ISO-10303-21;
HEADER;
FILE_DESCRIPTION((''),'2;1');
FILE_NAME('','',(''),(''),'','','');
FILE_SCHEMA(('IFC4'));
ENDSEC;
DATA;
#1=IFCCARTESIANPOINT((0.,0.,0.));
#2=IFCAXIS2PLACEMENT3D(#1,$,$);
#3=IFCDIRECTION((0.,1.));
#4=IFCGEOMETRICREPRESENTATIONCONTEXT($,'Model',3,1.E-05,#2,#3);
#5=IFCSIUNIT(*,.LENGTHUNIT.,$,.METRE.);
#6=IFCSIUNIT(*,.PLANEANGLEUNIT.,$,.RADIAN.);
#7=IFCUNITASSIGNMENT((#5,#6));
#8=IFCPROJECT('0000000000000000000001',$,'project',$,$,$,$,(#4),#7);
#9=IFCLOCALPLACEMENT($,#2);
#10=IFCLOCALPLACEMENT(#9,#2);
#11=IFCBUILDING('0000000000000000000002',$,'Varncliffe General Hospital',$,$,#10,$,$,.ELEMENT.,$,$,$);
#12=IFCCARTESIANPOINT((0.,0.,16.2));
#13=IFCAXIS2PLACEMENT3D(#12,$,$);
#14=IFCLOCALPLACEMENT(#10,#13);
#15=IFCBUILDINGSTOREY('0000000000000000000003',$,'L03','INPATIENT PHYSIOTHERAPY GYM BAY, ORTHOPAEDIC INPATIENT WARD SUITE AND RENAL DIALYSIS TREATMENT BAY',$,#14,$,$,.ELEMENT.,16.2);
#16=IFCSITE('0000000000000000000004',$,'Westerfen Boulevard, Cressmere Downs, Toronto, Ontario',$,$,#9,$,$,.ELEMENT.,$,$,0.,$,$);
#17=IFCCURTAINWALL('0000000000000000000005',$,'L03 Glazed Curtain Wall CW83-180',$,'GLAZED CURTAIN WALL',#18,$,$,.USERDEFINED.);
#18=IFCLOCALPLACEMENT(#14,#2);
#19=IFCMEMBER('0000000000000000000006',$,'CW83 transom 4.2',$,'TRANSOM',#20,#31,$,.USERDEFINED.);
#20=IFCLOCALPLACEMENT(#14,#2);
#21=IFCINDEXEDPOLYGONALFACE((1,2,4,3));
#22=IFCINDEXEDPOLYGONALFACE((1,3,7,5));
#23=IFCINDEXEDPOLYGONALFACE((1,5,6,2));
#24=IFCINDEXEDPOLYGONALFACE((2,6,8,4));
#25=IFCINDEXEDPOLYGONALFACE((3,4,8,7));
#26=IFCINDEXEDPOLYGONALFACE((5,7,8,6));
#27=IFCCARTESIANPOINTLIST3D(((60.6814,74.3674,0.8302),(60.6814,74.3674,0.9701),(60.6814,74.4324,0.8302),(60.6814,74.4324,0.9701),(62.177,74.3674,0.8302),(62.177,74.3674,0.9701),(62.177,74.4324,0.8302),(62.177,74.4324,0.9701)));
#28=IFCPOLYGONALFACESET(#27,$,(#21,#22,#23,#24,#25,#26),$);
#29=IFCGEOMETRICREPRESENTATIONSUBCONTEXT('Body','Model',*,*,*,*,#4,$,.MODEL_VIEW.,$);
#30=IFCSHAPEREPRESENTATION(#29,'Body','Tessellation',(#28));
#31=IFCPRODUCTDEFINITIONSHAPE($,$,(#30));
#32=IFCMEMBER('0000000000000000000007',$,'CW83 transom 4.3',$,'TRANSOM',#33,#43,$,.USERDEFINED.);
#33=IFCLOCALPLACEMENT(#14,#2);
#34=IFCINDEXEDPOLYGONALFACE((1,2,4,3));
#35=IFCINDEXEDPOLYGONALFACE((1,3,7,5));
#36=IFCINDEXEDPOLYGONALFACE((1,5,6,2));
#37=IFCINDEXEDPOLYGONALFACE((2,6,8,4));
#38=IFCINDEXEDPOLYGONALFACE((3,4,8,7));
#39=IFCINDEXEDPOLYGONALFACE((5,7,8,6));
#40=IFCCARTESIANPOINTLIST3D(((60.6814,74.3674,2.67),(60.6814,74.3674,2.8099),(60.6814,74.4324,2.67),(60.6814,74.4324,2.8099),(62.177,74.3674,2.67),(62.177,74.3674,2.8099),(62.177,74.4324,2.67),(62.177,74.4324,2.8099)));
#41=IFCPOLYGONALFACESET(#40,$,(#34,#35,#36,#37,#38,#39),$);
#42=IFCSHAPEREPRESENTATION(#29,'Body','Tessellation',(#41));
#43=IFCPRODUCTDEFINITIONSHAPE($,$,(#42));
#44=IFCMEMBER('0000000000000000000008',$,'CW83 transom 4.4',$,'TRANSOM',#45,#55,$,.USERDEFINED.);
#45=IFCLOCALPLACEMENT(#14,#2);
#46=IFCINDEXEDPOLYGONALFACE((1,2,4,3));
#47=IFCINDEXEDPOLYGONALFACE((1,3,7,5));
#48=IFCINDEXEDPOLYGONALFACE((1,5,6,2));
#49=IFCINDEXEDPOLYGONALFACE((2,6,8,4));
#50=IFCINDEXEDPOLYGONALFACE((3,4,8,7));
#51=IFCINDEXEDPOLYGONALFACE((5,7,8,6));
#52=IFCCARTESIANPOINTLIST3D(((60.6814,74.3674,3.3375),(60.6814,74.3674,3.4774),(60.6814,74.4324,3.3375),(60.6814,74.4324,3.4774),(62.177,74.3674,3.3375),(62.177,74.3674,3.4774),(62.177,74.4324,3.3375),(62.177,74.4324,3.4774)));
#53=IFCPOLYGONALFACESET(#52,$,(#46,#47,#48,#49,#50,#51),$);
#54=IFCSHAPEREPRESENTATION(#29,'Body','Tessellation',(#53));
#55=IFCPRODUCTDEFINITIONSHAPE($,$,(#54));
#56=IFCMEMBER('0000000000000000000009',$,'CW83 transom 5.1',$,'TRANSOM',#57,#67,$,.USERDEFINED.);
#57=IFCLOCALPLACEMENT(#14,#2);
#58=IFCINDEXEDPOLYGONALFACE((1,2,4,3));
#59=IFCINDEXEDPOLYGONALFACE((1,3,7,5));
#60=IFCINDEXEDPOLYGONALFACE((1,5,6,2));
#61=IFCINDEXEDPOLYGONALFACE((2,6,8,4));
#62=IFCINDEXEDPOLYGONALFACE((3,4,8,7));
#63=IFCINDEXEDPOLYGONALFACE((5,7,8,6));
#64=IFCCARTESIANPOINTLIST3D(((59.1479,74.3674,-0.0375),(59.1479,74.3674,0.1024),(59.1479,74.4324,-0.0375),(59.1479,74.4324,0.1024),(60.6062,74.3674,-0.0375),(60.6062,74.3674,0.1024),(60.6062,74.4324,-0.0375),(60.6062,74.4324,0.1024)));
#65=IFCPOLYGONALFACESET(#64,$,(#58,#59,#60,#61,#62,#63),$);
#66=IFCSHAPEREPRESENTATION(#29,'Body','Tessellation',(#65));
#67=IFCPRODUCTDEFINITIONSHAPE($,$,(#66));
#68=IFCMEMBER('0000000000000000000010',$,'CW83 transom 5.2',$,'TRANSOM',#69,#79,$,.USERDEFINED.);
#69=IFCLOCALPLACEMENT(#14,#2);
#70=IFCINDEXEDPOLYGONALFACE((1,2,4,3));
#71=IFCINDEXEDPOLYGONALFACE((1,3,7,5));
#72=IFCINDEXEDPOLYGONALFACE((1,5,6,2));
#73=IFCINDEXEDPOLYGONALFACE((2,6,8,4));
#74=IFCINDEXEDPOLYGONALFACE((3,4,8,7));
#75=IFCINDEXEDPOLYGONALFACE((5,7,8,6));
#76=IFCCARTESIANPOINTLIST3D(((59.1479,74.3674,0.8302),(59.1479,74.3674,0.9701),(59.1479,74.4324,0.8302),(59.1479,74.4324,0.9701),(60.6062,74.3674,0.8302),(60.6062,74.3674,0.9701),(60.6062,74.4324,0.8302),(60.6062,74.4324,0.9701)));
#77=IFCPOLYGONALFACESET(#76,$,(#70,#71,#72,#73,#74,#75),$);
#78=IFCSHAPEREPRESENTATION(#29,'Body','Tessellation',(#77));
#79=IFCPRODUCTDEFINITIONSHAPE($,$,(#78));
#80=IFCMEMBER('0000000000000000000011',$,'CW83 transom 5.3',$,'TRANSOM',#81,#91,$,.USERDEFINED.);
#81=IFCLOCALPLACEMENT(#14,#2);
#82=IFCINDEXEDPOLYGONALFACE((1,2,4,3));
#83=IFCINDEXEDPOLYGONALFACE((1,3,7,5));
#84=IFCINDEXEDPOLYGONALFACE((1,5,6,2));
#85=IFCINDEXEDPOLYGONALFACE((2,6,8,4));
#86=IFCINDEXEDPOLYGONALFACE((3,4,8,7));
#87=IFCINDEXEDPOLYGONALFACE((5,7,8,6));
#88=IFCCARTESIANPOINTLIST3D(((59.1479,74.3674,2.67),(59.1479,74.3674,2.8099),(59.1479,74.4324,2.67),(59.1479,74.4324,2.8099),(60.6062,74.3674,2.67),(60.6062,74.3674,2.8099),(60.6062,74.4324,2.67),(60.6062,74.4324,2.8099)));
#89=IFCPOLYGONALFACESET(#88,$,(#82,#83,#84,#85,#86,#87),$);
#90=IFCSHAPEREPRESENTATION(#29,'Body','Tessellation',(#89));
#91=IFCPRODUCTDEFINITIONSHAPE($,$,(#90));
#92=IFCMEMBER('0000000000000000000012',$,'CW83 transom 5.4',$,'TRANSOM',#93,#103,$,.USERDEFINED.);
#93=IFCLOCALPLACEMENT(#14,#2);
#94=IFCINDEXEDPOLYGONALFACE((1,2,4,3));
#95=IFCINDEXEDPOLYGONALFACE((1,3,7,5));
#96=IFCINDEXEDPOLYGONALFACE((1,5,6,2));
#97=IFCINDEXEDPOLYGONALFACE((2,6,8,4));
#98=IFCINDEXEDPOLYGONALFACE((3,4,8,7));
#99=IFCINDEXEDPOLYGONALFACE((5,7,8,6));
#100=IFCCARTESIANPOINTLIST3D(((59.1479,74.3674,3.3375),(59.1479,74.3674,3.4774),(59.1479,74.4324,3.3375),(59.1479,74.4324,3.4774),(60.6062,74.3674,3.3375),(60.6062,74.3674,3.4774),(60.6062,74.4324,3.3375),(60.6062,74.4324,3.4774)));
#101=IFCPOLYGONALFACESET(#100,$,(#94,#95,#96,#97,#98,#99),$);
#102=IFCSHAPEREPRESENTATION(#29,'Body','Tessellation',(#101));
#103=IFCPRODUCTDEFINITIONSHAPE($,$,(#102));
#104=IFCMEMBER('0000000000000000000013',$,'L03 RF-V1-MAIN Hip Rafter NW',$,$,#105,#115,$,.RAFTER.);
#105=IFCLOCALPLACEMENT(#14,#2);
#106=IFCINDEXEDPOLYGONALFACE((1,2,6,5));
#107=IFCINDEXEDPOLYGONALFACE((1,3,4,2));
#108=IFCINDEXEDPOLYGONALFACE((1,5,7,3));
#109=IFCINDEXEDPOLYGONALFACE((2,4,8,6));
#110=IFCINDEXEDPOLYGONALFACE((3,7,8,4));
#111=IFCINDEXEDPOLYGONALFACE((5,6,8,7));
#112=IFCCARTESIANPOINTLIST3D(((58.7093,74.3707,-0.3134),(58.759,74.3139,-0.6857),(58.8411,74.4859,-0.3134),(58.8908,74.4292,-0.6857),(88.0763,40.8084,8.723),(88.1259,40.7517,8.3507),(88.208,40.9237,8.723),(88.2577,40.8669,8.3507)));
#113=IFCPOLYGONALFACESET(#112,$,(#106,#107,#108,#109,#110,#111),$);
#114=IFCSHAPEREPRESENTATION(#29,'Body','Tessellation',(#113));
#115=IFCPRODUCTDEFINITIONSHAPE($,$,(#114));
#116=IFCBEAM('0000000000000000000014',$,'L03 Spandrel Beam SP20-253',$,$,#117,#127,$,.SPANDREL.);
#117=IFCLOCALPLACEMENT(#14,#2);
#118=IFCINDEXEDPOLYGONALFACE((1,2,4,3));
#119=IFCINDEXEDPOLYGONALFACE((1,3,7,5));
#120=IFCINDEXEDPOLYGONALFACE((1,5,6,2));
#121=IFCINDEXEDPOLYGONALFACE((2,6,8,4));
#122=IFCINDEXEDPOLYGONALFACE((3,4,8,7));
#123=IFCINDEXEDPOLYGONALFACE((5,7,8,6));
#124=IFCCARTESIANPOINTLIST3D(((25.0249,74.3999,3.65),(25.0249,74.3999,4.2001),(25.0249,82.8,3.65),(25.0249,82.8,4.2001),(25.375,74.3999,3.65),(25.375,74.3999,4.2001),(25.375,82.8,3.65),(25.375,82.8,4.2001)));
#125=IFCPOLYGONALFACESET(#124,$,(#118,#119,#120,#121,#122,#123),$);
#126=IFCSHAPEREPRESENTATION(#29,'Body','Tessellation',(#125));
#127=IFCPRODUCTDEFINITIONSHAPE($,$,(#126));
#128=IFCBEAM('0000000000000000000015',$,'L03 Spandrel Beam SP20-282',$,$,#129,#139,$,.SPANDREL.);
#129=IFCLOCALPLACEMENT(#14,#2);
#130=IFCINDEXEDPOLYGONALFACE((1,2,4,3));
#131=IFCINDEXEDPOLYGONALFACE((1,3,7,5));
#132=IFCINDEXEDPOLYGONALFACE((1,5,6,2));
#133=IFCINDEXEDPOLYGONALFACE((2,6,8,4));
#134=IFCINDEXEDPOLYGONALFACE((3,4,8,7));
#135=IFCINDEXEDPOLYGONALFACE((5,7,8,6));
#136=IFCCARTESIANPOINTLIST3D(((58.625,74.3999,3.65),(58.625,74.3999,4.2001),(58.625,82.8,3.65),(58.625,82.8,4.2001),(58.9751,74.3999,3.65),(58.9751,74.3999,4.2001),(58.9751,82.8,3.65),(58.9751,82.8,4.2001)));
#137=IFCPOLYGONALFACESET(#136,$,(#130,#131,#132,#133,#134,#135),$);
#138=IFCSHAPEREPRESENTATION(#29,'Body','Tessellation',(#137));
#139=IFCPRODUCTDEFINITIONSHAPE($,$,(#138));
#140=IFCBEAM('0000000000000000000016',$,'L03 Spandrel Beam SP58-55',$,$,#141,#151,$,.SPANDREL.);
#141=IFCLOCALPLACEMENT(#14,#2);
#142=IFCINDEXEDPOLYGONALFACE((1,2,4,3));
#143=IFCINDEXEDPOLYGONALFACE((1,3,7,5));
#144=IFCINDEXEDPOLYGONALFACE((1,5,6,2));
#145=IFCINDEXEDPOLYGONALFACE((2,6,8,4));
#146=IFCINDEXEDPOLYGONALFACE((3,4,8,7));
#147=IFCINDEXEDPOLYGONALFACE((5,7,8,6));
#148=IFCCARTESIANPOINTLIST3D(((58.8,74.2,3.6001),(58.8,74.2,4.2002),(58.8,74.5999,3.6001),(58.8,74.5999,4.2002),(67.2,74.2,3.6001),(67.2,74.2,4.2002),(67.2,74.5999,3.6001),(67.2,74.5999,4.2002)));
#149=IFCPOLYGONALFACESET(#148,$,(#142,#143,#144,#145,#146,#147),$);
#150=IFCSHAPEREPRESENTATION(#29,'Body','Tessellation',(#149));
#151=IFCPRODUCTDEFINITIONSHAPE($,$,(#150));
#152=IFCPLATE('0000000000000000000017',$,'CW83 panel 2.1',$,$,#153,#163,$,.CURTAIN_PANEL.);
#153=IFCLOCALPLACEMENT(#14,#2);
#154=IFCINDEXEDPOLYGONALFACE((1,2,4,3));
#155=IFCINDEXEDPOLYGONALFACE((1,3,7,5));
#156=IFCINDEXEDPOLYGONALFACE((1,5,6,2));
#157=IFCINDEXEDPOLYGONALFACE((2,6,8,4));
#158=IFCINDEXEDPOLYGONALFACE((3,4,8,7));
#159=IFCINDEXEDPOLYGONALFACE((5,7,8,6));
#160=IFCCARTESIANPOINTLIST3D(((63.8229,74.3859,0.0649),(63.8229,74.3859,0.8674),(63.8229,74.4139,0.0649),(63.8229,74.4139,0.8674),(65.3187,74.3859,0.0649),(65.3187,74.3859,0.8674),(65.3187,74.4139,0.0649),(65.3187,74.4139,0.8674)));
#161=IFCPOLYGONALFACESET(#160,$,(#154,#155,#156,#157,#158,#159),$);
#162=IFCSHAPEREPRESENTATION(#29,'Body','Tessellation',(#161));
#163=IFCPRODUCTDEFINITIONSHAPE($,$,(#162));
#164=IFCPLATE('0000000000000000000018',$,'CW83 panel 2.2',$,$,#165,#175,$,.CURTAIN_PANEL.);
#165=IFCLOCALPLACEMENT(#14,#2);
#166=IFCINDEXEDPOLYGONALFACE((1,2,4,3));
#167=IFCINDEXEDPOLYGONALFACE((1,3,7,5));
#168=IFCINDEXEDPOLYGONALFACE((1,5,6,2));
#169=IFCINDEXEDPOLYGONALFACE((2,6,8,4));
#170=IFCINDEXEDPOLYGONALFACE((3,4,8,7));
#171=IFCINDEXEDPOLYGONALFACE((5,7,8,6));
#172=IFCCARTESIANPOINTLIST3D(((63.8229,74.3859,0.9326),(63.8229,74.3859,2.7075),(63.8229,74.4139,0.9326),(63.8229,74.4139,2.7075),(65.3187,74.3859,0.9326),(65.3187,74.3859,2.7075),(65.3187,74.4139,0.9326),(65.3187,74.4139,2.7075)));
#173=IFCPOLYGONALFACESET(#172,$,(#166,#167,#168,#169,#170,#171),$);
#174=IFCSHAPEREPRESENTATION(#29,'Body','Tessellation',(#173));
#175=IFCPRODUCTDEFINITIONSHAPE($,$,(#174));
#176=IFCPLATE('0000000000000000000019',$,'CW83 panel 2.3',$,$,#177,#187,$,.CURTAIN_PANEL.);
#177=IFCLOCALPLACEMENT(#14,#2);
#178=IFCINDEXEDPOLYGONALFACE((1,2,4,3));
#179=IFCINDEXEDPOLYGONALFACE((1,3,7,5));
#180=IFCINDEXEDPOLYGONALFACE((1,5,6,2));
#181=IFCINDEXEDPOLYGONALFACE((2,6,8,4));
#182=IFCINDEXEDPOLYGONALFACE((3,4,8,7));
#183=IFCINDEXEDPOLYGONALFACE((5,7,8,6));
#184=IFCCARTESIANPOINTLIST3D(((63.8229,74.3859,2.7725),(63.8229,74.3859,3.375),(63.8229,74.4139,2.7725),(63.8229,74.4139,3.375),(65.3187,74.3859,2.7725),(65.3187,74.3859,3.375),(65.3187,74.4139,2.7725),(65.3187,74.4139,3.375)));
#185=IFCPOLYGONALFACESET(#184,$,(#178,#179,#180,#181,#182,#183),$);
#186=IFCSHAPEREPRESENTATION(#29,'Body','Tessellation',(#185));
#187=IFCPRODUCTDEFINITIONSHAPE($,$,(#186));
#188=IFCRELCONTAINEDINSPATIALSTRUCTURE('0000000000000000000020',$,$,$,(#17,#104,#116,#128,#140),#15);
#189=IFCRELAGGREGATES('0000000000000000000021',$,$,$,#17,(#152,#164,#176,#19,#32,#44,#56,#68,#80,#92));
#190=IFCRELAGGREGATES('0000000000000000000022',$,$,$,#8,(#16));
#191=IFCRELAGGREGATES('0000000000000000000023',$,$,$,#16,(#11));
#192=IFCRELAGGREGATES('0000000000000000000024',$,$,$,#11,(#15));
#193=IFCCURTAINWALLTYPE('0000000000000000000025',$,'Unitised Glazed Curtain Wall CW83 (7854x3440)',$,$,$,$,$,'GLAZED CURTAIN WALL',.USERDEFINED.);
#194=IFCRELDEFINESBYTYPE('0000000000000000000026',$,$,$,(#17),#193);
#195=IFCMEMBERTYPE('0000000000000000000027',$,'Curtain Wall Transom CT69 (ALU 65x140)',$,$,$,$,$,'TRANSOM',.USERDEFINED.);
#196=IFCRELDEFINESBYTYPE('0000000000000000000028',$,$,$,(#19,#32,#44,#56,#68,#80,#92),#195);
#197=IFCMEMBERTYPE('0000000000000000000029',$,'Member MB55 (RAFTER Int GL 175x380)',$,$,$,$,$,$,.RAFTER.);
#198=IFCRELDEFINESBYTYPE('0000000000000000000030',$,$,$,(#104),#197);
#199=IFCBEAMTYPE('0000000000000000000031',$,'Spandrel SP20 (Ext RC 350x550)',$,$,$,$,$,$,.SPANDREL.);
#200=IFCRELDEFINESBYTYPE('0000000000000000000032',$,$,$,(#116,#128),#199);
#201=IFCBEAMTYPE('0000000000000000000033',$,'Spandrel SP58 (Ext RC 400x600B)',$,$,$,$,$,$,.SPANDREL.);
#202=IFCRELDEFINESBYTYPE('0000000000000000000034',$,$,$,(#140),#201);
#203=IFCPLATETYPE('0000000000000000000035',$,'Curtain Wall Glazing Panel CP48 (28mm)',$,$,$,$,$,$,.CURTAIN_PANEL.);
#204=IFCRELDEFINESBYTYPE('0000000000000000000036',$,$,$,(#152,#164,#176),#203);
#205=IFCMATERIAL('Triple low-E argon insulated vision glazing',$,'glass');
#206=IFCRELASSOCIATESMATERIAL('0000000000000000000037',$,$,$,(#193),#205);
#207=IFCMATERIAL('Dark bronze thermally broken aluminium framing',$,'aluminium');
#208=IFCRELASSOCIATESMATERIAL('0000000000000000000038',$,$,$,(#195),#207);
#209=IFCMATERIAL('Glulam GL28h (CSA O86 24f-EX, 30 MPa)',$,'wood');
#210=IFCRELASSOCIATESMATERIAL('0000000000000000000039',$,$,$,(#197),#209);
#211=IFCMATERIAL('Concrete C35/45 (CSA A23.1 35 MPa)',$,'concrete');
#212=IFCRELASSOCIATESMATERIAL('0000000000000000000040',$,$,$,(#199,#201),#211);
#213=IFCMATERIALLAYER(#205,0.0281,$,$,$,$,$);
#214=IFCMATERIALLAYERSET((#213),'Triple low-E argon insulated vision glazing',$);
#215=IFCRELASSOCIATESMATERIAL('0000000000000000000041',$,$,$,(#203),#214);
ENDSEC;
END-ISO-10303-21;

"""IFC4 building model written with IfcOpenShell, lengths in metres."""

from ifc_helpers import new_model, si_unit, direction, frame, origin, origin_2d, place, context, subcontext, project, spatial, rectangle, extrude, material, layer, layer_set, material_profile, profile_set, type_object, element, aggregate, save


model = new_model("IFC4")

# Units and contexts
model_context = context("Model", 3, precision=1e-05, world=origin(), true_north=direction((0.0, 1.0)))
body_context = subcontext(model_context, "Body", "Model", "MODEL_VIEW")
ifc_project = project(units=[si_unit("LENGTHUNIT", "METRE"), si_unit("PLANEANGLEUNIT", "RADIAN")], contexts=[model_context])

# Site, building, storey
site_placement = place(None, origin())
site = spatial("IfcSite", under=ifc_project, at=site_placement, Name="Westerfen Boulevard, Cressmere Downs, Toronto, Ontario", CompositionType="ELEMENT", RefElevation=0.0)
building_placement = place(site_placement, origin())
building = spatial("IfcBuilding", under=site, at=building_placement, Name="Varncliffe General Hospital", CompositionType="ELEMENT")
storey_placement = place(building_placement, frame((0.0, 0.0, 16.2)))
storey = spatial("IfcBuildingStorey", under=building, at=storey_placement, Name="L03", Description="INPATIENT PHYSIOTHERAPY GYM BAY, ORTHOPAEDIC INPATIENT WARD SUITE AND RENAL DIALYSIS TREATMENT BAY", CompositionType="ELEMENT", Elevation=16.2)

# Curtain wall, members
ifc_material_1 = material(Name="Triple low-E argon insulated vision glazing", Category="glass")
curtain_wall_type = type_object("IfcCurtainWallType", Name="Unitised Glazed Curtain Wall CW83 (7854x3440)", ElementType="GLAZED CURTAIN WALL", PredefinedType="USERDEFINED", material=ifc_material_1)
curtain_wall_placement = place(storey_placement, origin())
curtain_wall = element("IfcCurtainWall", 1, at=curtain_wall_placement, inside=storey, type_object=curtain_wall_type, Name="L03 Glazed Curtain Wall CW83-180", ObjectType="GLAZED CURTAIN WALL", PredefinedType="USERDEFINED")
ifc_material_2 = material(Name="Dark bronze thermally broken aluminium framing", Category="aluminium")
ifc_material_profile_1 = material_profile(ifc_material_2, rectangle(XDim=0.0649, YDim=0.1399, at=origin_2d()), Name="ALU 65x140")
ifc_profile_set_1 = profile_set([ifc_material_profile_1], Name="Dark bronze thermally broken aluminium framing")
member_type_1 = type_object("IfcMemberType", Name="Curtain Wall Transom CT69 (ALU 65x140)", ElementType="TRANSOM", PredefinedType="USERDEFINED", material=ifc_profile_set_1)
member_1_placement = place(storey_placement, frame((62.177, 74.3999, 0.9001), z_axis=(-1.0, 0.0, 0.0), x_axis=(0.0, -1.0, 0.0)))
member_1 = element("IfcMember", 2, at=member_1_placement, type_object=member_type_1, Name="CW83 transom 4.2", ObjectType="TRANSOM", PredefinedType="USERDEFINED", context=body_context, shape_type="SweptSolid", body=[
    extrude(rectangle(XDim=0.0649, YDim=0.1399, at=origin_2d()), origin(), (0.0, 0.0, 1.0), 1.4956),
])
member_2_placement = place(storey_placement, frame((62.177, 74.3999, 2.74), z_axis=(-1.0, 0.0, 0.0), x_axis=(0.0, -1.0, 0.0)))
member_2 = element("IfcMember", 3, at=member_2_placement, type_object=member_type_1, Name="CW83 transom 4.3", ObjectType="TRANSOM", PredefinedType="USERDEFINED", context=body_context, shape_type="SweptSolid", body=[
    extrude(rectangle(XDim=0.0649, YDim=0.1399, at=origin_2d()), origin(), (0.0, 0.0, 1.0), 1.4956),
])
member_3_placement = place(storey_placement, frame((62.177, 74.3999, 3.4075), z_axis=(-1.0, 0.0, 0.0), x_axis=(0.0, -1.0, 0.0)))
member_3 = element("IfcMember", 4, at=member_3_placement, type_object=member_type_1, Name="CW83 transom 4.4", ObjectType="TRANSOM", PredefinedType="USERDEFINED", context=body_context, shape_type="SweptSolid", body=[
    extrude(rectangle(XDim=0.0649, YDim=0.1399, at=origin_2d()), origin(), (0.0, 0.0, 1.0), 1.4956),
])
member_4_placement = place(storey_placement, frame((60.6062, 74.3999, 0.0325), z_axis=(-1.0, 0.0, 0.0), x_axis=(0.0, -1.0, 0.0)))
member_4 = element("IfcMember", 5, at=member_4_placement, type_object=member_type_1, Name="CW83 transom 5.1", ObjectType="TRANSOM", PredefinedType="USERDEFINED", context=body_context, shape_type="SweptSolid", body=[
    extrude(rectangle(XDim=0.0649, YDim=0.1399, at=origin_2d()), origin(), (0.0, 0.0, 1.0), 1.4583),
])
member_5_placement = place(storey_placement, frame((60.6062, 74.3999, 0.9001), z_axis=(-1.0, 0.0, 0.0), x_axis=(0.0, -1.0, 0.0)))
member_5 = element("IfcMember", 6, at=member_5_placement, type_object=member_type_1, Name="CW83 transom 5.2", ObjectType="TRANSOM", PredefinedType="USERDEFINED", context=body_context, shape_type="SweptSolid", body=[
    extrude(rectangle(XDim=0.0649, YDim=0.1399, at=origin_2d()), origin(), (0.0, 0.0, 1.0), 1.4583),
])
member_6_placement = place(storey_placement, frame((60.6062, 74.3999, 2.74), z_axis=(-1.0, 0.0, 0.0), x_axis=(0.0, -1.0, 0.0)))
member_6 = element("IfcMember", 7, at=member_6_placement, type_object=member_type_1, Name="CW83 transom 5.3", ObjectType="TRANSOM", PredefinedType="USERDEFINED", context=body_context, shape_type="SweptSolid", body=[
    extrude(rectangle(XDim=0.0649, YDim=0.1399, at=origin_2d()), origin(), (0.0, 0.0, 1.0), 1.4583),
])
member_7_placement = place(storey_placement, frame((60.6062, 74.3999, 3.4075), z_axis=(-1.0, 0.0, 0.0), x_axis=(0.0, -1.0, 0.0)))
member_7 = element("IfcMember", 8, at=member_7_placement, type_object=member_type_1, Name="CW83 transom 5.4", ObjectType="TRANSOM", PredefinedType="USERDEFINED", context=body_context, shape_type="SweptSolid", body=[
    extrude(rectangle(XDim=0.0649, YDim=0.1399, at=origin_2d()), origin(), (0.0, 0.0, 1.0), 1.4583),
])

# Member
ifc_material_3 = material(Name="Glulam GL28h (CSA O86 24f-EX, 30 MPa)", Category="wood")
ifc_material_profile_2 = material_profile(ifc_material_3, rectangle(XDim=0.175, YDim=0.3799, at=origin_2d()), Name="GL 175x380")
ifc_profile_set_2 = profile_set([ifc_material_profile_2], Name="Glulam GL28h (CSA O86 24f-EX, 30 MPa)")
member_type_2 = type_object("IfcMemberType", Name="Member MB55 (RAFTER Int GL 175x380)", PredefinedType="RAFTER", material=ifc_profile_set_2)
member_8_placement = place(storey_placement, frame((58.8, 74.3999, -0.4995), z_axis=(0.645389, -0.737588, 0.19859), x_axis=(0.752577, 0.658504, 0.0)))
element("IfcMember", 9, at=member_8_placement, inside=storey, type_object=member_type_2, Name="L03 RF-V1-MAIN Hip Rafter NW", PredefinedType="RAFTER", context=body_context, shape_type="SweptSolid", body=[
    extrude(rectangle(XDim=0.175, YDim=0.3799, at=origin_2d()), origin(), (0.0, 0.0, 1.0), 45.5027),
])

# Beams
ifc_material_4 = material(Name="Concrete C35/45 (CSA A23.1 35 MPa)", Category="concrete")
ifc_material_profile_3 = material_profile(ifc_material_4, rectangle(XDim=0.3501, YDim=0.55, at=origin_2d()), Name="RC 350x550")
ifc_profile_set_3 = profile_set([ifc_material_profile_3], Name="Concrete C35/45 (CSA A23.1 35 MPa)")
beam_type_1 = type_object("IfcBeamType", Name="Spandrel SP20 (Ext RC 350x550)", PredefinedType="SPANDREL", material=ifc_profile_set_3)
for number, where, z_axis, x_axis, name in (
    (10, (25.2, 74.3999, 3.925), (0.0, 1.0, 0.0), (-1.0, 0.0, 0.0), "L03 Spandrel Beam SP20-253"),
    (11, (58.8, 74.3999, 3.925), (0.0, 1.0, 0.0), (-1.0, 0.0, 0.0), "L03 Spandrel Beam SP20-282"),
):
    element("IfcBeam", number, at=place(storey_placement, frame(where, z_axis=z_axis, x_axis=x_axis)), inside=storey, type_object=beam_type_1, Name=name, PredefinedType="SPANDREL", context=body_context, shape_type="SweptSolid", body=[
        extrude(rectangle(XDim=0.3501, YDim=0.55, at=origin_2d()), origin(), (0.0, 0.0, 1.0), 8.4001),
    ])
ifc_material_profile_4 = material_profile(ifc_material_4, rectangle(XDim=0.3999, YDim=0.6001, at=origin_2d()), Name="RC 400x600")
ifc_profile_set_4 = profile_set([ifc_material_profile_4], Name="Concrete C35/45 (CSA A23.1 35 MPa)")
beam_type_2 = type_object("IfcBeamType", Name="Spandrel SP58 (Ext RC 400x600B)", PredefinedType="SPANDREL", material=ifc_profile_set_4)
beam_placement = place(storey_placement, frame((58.8, 74.3999, 3.9001), z_axis=(1.0, 0.0, 0.0), x_axis=(0.0, 1.0, 0.0)))
element("IfcBeam", 12, at=beam_placement, inside=storey, type_object=beam_type_2, Name="L03 Spandrel Beam SP58-55", PredefinedType="SPANDREL", context=body_context, shape_type="SweptSolid", body=[
    extrude(rectangle(XDim=0.3999, YDim=0.6001, at=origin_2d()), origin(), (0.0, 0.0, 1.0), 8.3999),
])

# Plates
ifc_layer_1 = layer(ifc_material_1, 0.0281)
ifc_layer_set_1 = layer_set([ifc_layer_1], Name="Triple low-E argon insulated vision glazing")
plate_type = type_object("IfcPlateType", Name="Curtain Wall Glazing Panel CP48 (28mm)", PredefinedType="CURTAIN_PANEL", material=ifc_layer_set_1)
plate_1_placement = place(storey_placement, frame((64.5708, 74.3999, 0.0649), z_axis=(0.0, 0.0, 1.0), x_axis=(-1.0, 0.0, 0.0)))
plate_1 = element("IfcPlate", 13, at=plate_1_placement, type_object=plate_type, Name="CW83 panel 2.1", PredefinedType="CURTAIN_PANEL", context=body_context, shape_type="SweptSolid", body=[
    extrude(rectangle(XDim=1.4958, YDim=0.0281, at=origin_2d()), origin(), (0.0, 0.0, 1.0), 0.8025),
])
plate_2_placement = place(storey_placement, frame((64.5708, 74.3999, 0.9326), z_axis=(0.0, 0.0, 1.0), x_axis=(-1.0, 0.0, 0.0)))
plate_2 = element("IfcPlate", 14, at=plate_2_placement, type_object=plate_type, Name="CW83 panel 2.2", PredefinedType="CURTAIN_PANEL", context=body_context, shape_type="SweptSolid", body=[
    extrude(rectangle(XDim=1.4958, YDim=0.0281, at=origin_2d()), origin(), (0.0, 0.0, 1.0), 1.7749),
])
plate_3_placement = place(storey_placement, frame((64.5708, 74.3999, 2.7725), z_axis=(0.0, 0.0, 1.0), x_axis=(-1.0, 0.0, 0.0)))
plate_3 = element("IfcPlate", 15, at=plate_3_placement, type_object=plate_type, Name="CW83 panel 2.3", PredefinedType="CURTAIN_PANEL", context=body_context, shape_type="SweptSolid", body=[
    extrude(rectangle(XDim=1.4958, YDim=0.0281, at=origin_2d()), origin(), (0.0, 0.0, 1.0), 0.6025),
])
aggregate(curtain_wall, [plate_1, plate_2, plate_3, member_1, member_2, member_3, member_4, member_5, member_6, member_7])

save(model, "model.ifc")
